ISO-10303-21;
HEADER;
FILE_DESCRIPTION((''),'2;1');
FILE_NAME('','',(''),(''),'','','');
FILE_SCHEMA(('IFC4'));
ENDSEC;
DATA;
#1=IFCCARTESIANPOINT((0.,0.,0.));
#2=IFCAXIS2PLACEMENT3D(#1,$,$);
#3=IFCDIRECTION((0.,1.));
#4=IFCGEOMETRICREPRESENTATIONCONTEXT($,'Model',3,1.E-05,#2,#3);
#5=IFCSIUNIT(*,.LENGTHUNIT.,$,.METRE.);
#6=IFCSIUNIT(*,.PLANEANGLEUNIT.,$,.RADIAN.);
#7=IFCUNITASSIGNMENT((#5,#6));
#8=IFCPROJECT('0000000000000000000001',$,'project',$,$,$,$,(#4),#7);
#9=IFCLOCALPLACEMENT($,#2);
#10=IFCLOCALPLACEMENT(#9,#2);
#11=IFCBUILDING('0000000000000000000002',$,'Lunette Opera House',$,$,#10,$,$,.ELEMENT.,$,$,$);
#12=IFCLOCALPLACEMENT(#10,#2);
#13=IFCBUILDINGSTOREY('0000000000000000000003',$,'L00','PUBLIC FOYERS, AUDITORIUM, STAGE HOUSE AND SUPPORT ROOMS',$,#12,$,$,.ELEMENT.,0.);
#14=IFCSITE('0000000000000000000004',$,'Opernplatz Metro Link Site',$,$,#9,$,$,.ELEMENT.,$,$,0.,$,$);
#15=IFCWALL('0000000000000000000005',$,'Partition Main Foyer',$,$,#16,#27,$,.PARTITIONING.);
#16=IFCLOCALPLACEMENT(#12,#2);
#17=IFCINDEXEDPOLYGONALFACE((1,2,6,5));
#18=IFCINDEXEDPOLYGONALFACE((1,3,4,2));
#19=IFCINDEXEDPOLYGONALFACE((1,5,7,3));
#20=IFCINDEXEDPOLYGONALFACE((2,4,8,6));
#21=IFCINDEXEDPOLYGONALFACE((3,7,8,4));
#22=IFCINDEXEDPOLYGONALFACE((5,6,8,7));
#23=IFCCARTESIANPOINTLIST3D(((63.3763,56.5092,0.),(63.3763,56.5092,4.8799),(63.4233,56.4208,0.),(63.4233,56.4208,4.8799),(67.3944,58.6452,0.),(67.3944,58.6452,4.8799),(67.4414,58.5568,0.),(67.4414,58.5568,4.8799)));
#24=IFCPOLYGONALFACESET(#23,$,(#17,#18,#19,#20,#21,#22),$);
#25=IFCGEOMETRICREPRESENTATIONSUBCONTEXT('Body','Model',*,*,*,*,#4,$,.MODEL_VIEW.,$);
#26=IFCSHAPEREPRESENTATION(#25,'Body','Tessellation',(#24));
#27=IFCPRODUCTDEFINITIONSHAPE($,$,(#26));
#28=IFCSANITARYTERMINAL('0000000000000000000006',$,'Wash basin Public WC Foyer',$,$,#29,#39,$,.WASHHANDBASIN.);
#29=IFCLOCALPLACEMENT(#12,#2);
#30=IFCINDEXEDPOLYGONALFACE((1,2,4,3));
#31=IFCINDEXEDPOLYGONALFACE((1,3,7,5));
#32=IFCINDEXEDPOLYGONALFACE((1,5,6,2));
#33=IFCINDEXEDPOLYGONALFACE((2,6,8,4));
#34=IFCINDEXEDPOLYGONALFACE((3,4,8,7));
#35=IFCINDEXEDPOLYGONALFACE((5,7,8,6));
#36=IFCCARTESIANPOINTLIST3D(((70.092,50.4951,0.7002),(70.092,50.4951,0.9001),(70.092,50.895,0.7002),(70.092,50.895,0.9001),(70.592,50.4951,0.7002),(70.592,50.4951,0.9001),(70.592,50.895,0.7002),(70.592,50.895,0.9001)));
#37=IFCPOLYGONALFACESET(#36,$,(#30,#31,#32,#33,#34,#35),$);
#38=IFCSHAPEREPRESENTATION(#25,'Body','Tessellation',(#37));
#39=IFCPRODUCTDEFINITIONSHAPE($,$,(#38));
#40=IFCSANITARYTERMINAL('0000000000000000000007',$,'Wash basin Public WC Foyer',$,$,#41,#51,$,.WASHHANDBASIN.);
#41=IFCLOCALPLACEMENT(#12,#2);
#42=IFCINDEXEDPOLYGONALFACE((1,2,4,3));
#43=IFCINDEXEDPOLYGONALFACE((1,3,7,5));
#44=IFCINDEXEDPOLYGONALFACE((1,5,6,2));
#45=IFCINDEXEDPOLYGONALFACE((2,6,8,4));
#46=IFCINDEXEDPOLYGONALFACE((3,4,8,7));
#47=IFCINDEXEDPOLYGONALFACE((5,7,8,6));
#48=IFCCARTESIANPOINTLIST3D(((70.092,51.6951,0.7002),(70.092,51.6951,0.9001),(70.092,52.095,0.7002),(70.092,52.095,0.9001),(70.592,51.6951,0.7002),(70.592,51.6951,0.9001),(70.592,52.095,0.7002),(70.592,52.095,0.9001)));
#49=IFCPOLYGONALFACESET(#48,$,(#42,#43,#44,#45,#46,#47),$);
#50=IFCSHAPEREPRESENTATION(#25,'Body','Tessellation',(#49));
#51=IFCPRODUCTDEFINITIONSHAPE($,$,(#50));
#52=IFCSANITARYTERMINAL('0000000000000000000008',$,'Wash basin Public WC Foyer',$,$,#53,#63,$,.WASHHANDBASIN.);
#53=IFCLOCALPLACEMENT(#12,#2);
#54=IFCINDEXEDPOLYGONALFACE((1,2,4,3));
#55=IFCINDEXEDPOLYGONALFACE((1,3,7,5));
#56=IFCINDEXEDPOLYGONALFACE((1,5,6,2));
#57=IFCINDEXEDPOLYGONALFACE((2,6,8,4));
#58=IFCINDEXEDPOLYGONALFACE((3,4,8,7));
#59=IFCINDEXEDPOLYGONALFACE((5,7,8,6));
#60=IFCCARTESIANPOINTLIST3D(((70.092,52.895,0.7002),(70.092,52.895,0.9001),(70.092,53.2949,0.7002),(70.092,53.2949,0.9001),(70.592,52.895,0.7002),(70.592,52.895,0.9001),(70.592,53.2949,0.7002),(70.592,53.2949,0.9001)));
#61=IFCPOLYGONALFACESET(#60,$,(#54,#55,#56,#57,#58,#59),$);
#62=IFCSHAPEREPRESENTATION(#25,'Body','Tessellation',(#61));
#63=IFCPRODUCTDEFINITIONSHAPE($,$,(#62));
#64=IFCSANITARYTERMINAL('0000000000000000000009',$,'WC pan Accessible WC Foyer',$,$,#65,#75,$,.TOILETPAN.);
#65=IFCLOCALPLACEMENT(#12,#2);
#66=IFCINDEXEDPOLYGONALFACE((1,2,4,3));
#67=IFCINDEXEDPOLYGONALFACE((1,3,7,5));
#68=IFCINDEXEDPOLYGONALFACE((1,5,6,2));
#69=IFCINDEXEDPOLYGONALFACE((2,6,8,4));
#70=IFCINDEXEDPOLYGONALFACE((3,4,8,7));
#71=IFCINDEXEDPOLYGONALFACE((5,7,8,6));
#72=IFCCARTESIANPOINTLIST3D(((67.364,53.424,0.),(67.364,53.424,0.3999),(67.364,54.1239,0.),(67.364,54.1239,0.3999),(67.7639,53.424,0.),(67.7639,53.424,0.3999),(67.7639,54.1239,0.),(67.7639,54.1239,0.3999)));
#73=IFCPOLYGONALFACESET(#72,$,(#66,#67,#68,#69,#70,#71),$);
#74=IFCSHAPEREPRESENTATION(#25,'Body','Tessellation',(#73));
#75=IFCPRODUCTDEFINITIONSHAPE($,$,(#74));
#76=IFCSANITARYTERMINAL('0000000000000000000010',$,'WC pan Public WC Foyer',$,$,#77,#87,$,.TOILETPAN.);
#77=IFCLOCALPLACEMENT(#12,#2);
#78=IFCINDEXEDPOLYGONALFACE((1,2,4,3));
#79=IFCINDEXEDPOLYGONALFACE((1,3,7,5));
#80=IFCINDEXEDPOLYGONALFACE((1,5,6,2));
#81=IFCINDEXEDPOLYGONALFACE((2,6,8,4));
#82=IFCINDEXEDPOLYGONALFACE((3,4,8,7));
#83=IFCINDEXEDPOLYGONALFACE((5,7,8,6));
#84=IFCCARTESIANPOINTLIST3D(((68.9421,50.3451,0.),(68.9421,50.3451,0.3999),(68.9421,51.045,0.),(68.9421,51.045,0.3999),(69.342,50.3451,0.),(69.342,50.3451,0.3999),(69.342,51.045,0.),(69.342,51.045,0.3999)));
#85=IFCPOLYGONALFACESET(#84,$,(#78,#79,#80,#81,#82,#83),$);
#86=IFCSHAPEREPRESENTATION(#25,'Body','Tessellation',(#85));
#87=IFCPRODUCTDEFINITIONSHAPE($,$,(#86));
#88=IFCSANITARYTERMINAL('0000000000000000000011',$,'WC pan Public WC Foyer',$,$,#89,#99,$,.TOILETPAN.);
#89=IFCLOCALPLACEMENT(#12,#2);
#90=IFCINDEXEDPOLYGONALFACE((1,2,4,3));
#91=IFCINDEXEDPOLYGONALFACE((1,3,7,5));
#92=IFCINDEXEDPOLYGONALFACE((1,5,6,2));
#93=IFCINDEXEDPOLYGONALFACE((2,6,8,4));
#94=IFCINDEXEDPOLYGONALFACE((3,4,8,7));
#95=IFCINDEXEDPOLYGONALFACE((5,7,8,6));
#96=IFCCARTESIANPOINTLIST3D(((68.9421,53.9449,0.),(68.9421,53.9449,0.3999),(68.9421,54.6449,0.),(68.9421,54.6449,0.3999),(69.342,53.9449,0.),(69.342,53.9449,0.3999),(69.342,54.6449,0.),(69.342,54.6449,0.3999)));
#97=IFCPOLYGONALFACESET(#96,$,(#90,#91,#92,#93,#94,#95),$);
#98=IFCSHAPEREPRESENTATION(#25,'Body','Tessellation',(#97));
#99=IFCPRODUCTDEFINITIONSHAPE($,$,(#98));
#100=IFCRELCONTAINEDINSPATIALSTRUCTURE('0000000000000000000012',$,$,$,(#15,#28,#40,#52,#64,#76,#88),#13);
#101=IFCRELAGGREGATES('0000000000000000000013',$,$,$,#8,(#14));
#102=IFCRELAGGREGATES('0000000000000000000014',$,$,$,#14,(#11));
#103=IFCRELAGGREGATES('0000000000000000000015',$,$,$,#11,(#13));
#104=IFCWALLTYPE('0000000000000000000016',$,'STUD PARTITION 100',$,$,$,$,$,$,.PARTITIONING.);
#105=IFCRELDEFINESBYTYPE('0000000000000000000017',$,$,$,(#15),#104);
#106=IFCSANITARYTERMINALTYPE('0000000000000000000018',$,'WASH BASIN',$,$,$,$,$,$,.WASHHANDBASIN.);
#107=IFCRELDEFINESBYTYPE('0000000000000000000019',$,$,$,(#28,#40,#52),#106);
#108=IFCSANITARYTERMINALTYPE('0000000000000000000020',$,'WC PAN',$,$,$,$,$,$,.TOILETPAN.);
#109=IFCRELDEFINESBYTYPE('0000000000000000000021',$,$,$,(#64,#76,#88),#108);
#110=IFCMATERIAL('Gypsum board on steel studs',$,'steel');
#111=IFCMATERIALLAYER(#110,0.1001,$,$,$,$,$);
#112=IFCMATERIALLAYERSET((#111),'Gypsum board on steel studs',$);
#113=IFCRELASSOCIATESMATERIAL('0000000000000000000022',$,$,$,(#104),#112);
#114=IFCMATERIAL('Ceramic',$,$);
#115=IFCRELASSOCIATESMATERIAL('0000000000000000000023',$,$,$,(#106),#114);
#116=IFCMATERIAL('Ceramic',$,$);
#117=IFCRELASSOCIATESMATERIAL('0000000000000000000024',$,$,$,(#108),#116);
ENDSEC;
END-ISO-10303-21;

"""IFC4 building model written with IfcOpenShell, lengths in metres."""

from ifc_helpers import new_model, si_unit, direction, frame, frame_2d, origin, origin_2d, place, context, subcontext, project, spatial, rectangle, extrude, material, layer, layer_set, type_object, element, save


model = new_model("IFC4")

# Units and contexts
model_context = context("Model", 3, precision=1e-05, world=origin(), true_north=direction((0.0, 1.0)))
body_context = subcontext(model_context, "Body", "Model", "MODEL_VIEW")
ifc_project = project(units=[si_unit("LENGTHUNIT", "METRE"), si_unit("PLANEANGLEUNIT", "RADIAN")], contexts=[model_context])

# Site, building, storey
site_placement = place(None, origin())
site = spatial("IfcSite", under=ifc_project, at=site_placement, Name="Opernplatz Metro Link Site", CompositionType="ELEMENT", RefElevation=0.0)
building_placement = place(site_placement, origin())
building = spatial("IfcBuilding", under=site, at=building_placement, Name="Lunette Opera House", CompositionType="ELEMENT")
storey_placement = place(building_placement, origin())
storey = spatial("IfcBuildingStorey", under=building, at=storey_placement, Name="L00", Description="PUBLIC FOYERS, AUDITORIUM, STAGE HOUSE AND SUPPORT ROOMS", CompositionType="ELEMENT", Elevation=0.0)

# Shared definitions
ifc_material_1 = material(Name="Gypsum board on steel studs", Category="steel")
ifc_layer_1 = layer(ifc_material_1, 0.1001)
ifc_layer_set_1 = layer_set([ifc_layer_1], Name="Gypsum board on steel studs")
wall_type_1 = type_object("IfcWallType", Name="STUD PARTITION 100", PredefinedType="PARTITIONING", material=ifc_layer_set_1)

# Wall
wall_1_placement = place(storey_placement, frame((67.418, 58.6011, 0.0), z_axis=(0.0, 0.0, 1.0), x_axis=(-0.882989, -0.469393, 0.0)))
element("IfcWall", 1, at=wall_1_placement, inside=storey, type_object=wall_type_1, Name="Partition Main Foyer", PredefinedType="PARTITIONING", context=body_context, shape_type="SweptSolid", body=[
    extrude(rectangle(XDim=4.5505, YDim=0.1001, at=frame_2d((2.2754, 0.0))), origin(), (0.0, 0.0, 1.0), 4.8799),
])

# Sanitary terminals
ifc_material_2 = material(Name="Ceramic")
sanitary_terminal_type_1 = type_object("IfcSanitaryTerminalType", Name="WASH BASIN", PredefinedType="WASHHANDBASIN", material=ifc_material_2)
for number, where, z_axis, x_axis, name in (
    (2, (70.342, 50.6951, 0.7002), (0.0, 0.0, 1.0), (1.0, 0.0, 0.0), "Wash basin Public WC Foyer"),
    (3, (70.342, 51.895, 0.7002), (0.0, 0.0, 1.0), (1.0, 0.0, 0.0), "Wash basin Public WC Foyer"),
    (4, (70.342, 53.095, 0.7002), (0.0, 0.0, 1.0), (1.0, 0.0, 0.0), "Wash basin Public WC Foyer"),
):
    element("IfcSanitaryTerminal", number, at=place(storey_placement, frame(where, z_axis=z_axis, x_axis=x_axis)), inside=storey, type_object=sanitary_terminal_type_1, Name=name, PredefinedType="WASHHANDBASIN", context=body_context, shape_type="SweptSolid", body=[
        extrude(rectangle(XDim=0.5, YDim=0.3999, at=origin_2d()), origin(), (0.0, 0.0, 1.0), 0.2),
    ])
ifc_material_3 = material(Name="Ceramic")
sanitary_terminal_type_2 = type_object("IfcSanitaryTerminalType", Name="WC PAN", PredefinedType="TOILETPAN", material=ifc_material_3)
for number, where, z_axis, x_axis, name in (
    (5, (67.564, 53.7739, 0.0), (0.0, 0.0, 1.0), (1.0, 0.0, 0.0), "WC pan Accessible WC Foyer"),
    (6, (69.1421, 50.6951, 0.0), (0.0, 0.0, 1.0), (1.0, 0.0, 0.0), "WC pan Public WC Foyer"),
    (7, (69.1421, 54.2949, 0.0), (0.0, 0.0, 1.0), (1.0, 0.0, 0.0), "WC pan Public WC Foyer"),
):
    element("IfcSanitaryTerminal", number, at=place(storey_placement, frame(where, z_axis=z_axis, x_axis=x_axis)), inside=storey, type_object=sanitary_terminal_type_2, Name=name, PredefinedType="TOILETPAN", context=body_context, shape_type="SweptSolid", body=[
        extrude(rectangle(XDim=0.3999, YDim=0.7, at=origin_2d()), origin(), (0.0, 0.0, 1.0), 0.3999),
    ])

save(model, "model.ifc")
